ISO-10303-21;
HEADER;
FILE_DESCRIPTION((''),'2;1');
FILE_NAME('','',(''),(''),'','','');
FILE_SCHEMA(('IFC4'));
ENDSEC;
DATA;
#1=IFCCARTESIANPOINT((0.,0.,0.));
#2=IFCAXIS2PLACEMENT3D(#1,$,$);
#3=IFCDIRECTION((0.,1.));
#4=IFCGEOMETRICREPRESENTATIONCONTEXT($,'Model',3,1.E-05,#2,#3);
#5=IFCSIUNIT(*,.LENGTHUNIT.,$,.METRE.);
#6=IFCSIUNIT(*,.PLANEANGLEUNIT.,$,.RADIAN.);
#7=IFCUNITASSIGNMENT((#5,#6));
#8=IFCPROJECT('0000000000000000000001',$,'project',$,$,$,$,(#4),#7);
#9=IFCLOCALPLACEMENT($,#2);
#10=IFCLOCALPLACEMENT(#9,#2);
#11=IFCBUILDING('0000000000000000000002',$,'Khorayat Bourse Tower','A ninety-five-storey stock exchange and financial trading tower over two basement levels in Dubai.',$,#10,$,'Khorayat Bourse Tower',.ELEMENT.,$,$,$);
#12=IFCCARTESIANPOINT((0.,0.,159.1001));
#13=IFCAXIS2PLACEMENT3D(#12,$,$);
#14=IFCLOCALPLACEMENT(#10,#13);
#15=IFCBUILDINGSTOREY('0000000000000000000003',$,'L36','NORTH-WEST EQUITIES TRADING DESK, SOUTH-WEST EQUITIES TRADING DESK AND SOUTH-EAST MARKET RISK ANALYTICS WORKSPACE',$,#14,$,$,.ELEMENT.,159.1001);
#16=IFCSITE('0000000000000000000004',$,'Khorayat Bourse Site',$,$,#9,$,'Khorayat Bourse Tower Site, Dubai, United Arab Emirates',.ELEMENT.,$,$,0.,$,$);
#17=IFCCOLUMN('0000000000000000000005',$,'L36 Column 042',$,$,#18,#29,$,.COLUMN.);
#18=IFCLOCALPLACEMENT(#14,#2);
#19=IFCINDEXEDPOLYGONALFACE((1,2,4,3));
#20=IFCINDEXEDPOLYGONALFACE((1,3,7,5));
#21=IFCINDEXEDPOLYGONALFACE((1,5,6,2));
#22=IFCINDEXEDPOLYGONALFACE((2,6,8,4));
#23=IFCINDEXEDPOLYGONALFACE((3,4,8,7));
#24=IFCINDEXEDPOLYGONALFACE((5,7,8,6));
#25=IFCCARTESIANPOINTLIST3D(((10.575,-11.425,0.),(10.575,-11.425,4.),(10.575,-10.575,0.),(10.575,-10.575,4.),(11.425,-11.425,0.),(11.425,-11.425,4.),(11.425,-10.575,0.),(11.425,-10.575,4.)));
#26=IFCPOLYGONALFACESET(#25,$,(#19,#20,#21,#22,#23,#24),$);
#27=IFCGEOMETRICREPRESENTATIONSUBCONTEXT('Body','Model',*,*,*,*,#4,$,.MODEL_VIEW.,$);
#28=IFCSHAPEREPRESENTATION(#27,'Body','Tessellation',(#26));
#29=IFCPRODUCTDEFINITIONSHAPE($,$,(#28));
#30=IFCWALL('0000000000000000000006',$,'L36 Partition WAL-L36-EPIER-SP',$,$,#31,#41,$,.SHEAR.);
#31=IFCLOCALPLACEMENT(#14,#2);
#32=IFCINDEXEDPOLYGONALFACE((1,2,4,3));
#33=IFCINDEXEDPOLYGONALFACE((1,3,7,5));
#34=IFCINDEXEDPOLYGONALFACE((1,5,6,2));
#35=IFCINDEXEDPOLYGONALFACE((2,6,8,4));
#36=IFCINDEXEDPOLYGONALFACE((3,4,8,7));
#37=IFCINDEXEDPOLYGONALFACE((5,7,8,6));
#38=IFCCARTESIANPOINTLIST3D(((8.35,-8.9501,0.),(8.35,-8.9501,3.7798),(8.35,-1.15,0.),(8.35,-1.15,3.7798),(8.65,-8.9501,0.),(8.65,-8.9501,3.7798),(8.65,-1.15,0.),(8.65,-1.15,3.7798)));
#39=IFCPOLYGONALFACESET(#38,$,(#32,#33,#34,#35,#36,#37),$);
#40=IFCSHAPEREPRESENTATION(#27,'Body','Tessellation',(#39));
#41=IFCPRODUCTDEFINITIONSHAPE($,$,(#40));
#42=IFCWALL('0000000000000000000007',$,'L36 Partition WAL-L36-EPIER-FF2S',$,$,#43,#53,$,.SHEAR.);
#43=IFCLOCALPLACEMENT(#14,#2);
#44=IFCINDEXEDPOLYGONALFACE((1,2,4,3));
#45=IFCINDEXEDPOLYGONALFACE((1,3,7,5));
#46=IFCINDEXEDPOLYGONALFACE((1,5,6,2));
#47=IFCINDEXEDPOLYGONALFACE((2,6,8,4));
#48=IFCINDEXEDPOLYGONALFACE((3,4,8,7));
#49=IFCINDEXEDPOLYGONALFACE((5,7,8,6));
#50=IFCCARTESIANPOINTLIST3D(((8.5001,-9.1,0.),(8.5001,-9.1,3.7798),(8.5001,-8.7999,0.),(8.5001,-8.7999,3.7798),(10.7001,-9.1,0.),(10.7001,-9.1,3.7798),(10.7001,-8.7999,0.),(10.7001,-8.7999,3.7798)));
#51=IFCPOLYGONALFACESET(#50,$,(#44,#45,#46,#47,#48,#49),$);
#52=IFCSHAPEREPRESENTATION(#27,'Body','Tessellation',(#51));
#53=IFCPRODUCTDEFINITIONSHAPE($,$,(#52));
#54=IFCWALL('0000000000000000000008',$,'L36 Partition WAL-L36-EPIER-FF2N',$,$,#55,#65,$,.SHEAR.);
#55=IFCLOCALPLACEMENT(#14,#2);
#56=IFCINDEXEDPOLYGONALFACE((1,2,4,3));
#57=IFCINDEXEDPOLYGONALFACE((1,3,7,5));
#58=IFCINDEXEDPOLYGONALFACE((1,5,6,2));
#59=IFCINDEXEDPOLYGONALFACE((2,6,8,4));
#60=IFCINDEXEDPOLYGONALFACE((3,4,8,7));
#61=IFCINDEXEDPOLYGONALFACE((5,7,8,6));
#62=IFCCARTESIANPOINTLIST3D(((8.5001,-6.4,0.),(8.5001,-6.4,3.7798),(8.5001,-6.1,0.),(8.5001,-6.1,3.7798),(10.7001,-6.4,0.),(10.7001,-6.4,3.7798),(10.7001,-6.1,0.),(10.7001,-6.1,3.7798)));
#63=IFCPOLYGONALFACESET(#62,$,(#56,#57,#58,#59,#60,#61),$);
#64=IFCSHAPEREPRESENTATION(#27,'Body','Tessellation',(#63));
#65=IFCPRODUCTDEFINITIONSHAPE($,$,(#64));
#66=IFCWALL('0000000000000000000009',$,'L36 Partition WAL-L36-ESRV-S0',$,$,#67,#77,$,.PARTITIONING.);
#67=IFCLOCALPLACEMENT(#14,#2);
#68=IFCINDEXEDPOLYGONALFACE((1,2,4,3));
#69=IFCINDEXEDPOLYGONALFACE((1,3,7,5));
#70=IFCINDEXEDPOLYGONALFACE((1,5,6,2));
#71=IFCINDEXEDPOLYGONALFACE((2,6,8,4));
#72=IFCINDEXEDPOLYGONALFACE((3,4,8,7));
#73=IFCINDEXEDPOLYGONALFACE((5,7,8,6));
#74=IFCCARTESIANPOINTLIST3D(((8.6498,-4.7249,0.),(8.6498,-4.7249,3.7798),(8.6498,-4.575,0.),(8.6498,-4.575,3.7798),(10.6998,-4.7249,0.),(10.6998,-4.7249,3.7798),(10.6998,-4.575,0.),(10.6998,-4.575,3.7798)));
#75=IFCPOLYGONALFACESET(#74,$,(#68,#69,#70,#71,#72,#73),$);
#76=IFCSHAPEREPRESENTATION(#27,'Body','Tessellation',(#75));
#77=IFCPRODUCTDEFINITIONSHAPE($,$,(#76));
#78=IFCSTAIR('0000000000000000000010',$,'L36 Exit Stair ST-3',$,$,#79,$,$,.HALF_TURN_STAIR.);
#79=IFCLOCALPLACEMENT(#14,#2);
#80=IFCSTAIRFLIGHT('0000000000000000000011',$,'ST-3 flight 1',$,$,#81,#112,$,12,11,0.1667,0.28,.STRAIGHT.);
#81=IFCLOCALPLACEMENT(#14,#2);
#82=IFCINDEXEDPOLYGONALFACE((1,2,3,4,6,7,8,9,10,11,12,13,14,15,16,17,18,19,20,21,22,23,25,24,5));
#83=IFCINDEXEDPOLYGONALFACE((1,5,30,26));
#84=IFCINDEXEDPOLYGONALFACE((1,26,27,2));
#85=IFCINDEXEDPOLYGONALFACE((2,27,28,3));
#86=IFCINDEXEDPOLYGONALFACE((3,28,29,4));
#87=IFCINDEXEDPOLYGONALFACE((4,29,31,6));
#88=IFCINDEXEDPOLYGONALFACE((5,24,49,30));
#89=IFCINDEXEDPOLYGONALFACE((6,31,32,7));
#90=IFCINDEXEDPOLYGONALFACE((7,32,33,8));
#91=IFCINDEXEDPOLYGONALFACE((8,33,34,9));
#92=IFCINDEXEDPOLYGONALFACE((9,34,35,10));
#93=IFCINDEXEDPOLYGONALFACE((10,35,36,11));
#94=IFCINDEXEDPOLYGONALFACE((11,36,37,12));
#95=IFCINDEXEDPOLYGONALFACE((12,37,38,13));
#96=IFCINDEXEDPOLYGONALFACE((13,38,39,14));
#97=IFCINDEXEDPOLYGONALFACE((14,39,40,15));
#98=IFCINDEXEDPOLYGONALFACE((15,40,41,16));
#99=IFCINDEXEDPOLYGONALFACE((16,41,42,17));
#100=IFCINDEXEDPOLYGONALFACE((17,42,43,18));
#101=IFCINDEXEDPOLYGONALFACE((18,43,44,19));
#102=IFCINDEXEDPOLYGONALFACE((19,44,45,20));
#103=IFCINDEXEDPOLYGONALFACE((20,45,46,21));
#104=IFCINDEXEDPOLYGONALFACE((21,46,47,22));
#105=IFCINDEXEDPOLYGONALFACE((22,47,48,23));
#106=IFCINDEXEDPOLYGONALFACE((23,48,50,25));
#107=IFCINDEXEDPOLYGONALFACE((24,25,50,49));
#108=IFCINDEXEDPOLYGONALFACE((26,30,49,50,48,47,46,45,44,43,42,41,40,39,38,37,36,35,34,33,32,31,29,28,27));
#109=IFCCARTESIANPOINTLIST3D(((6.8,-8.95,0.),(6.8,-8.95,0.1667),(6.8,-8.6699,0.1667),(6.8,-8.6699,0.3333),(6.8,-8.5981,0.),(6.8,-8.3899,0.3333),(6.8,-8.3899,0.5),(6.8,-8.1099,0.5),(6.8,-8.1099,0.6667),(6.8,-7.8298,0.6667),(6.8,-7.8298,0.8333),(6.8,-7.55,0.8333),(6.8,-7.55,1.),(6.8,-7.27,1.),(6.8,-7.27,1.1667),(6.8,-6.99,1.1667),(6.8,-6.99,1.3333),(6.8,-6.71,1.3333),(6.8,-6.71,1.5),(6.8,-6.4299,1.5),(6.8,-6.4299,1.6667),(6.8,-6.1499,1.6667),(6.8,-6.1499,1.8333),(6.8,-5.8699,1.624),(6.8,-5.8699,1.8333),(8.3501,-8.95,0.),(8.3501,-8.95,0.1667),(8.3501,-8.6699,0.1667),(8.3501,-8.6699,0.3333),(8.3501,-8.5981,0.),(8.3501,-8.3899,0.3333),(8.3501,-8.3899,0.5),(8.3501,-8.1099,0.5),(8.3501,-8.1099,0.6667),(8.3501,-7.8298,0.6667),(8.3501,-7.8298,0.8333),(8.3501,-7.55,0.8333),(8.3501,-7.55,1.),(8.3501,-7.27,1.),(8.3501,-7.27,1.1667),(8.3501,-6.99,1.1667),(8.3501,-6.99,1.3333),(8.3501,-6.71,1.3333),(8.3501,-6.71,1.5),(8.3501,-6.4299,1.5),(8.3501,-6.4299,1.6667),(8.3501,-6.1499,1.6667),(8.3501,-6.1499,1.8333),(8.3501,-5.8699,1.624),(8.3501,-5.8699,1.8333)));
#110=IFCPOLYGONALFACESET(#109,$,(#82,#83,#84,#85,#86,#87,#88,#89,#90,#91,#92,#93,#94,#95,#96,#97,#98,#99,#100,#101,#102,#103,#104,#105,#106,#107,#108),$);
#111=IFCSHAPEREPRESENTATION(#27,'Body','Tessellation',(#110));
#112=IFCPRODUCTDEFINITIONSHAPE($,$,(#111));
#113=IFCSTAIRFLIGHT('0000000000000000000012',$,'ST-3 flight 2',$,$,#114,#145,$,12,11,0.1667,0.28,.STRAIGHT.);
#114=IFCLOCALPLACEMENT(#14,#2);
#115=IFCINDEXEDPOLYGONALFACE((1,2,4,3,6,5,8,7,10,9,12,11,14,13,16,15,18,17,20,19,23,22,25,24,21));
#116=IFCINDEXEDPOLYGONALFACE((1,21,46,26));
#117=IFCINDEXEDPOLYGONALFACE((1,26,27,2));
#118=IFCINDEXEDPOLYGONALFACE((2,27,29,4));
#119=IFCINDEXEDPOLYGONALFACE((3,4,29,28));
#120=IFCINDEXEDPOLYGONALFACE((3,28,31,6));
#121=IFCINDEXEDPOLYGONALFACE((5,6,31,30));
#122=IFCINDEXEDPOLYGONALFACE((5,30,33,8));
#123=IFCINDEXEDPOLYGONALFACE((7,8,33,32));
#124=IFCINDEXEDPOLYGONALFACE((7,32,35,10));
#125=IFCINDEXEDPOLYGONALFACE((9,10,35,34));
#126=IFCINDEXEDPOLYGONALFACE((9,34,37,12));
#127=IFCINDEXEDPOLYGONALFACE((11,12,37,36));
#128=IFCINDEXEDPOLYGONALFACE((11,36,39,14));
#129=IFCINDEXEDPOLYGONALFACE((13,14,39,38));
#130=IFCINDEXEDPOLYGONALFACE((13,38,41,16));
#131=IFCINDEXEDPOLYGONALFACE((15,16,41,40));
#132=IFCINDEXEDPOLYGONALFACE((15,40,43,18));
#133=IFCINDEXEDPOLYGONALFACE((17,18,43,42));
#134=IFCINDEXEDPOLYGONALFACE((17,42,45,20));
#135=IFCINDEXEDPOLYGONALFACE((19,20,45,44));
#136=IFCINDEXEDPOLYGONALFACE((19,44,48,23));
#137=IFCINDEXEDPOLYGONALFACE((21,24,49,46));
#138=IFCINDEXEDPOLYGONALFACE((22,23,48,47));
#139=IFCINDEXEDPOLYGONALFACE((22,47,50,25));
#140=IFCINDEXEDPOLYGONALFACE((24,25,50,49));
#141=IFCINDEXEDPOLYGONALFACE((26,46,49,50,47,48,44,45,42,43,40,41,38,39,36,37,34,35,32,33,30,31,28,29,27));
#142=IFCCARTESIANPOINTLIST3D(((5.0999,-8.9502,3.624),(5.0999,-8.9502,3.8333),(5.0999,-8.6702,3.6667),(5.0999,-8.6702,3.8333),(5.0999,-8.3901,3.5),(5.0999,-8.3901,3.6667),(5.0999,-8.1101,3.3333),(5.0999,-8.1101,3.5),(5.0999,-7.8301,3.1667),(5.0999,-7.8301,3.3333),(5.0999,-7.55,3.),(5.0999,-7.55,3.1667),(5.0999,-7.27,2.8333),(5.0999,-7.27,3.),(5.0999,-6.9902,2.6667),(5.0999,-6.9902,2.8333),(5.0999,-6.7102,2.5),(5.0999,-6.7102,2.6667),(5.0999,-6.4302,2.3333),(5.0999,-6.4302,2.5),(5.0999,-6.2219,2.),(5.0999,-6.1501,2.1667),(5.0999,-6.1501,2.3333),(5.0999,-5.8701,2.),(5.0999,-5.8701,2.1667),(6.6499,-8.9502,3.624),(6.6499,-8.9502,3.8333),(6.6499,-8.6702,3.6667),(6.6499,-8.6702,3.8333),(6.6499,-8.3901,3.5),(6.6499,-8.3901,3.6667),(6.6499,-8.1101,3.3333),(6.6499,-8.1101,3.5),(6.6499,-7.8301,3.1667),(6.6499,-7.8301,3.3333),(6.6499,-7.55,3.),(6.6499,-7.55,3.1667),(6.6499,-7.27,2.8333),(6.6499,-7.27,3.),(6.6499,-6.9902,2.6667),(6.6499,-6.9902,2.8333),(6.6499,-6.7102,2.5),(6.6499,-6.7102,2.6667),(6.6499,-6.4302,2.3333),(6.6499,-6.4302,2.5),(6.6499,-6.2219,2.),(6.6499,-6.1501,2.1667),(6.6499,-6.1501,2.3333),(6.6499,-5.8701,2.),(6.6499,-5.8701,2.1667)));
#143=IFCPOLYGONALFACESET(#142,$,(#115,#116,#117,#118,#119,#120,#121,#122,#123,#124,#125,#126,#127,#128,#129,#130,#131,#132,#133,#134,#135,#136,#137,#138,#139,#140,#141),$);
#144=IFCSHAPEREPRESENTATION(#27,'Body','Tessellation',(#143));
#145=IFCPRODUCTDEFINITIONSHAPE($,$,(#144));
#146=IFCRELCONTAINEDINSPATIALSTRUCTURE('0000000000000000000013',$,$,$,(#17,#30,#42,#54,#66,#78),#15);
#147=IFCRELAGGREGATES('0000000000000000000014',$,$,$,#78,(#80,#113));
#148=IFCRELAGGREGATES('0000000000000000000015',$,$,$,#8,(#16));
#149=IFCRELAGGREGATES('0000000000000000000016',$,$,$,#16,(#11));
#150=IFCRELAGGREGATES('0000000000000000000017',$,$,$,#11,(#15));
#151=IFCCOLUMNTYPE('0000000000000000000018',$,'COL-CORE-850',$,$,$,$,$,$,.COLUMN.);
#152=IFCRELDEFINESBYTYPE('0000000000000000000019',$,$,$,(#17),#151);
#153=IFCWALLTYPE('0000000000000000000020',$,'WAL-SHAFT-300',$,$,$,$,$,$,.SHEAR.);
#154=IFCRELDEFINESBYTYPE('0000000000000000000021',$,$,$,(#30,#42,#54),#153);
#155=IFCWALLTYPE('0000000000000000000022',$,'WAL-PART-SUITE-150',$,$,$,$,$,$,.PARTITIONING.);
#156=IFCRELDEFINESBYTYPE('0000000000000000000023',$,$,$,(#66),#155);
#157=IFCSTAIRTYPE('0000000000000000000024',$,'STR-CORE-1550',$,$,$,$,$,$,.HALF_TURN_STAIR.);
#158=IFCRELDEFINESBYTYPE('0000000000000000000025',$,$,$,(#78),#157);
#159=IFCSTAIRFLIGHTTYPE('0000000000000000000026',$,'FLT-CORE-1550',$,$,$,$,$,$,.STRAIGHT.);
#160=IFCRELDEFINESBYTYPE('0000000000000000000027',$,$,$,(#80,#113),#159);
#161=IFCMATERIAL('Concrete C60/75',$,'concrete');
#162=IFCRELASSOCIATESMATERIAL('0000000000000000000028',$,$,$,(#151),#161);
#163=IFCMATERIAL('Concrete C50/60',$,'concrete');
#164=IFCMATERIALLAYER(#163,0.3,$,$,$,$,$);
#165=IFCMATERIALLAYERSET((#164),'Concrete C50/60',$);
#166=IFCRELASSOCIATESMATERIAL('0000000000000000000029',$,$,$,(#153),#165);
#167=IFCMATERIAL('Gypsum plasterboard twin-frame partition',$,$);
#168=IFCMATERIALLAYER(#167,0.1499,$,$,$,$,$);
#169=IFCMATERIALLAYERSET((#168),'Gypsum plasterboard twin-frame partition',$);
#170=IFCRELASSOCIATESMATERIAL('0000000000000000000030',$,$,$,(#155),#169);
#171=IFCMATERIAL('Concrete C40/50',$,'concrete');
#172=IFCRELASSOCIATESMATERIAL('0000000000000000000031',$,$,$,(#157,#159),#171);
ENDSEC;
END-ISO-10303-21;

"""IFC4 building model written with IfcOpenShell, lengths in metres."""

from ifc_helpers import new_model, si_unit, direction, frame, frame_2d, origin, origin_2d, place, context, subcontext, project, spatial, polyline, rectangle, outline, extrude, source, transform, mapped, material, layer, layer_set, material_profile, profile_set, type_object, element, aggregate, save


model = new_model("IFC4")

# Units and contexts
model_context = context("Model", 3, precision=1e-05, world=origin(), true_north=direction((0.0, 1.0)))
body_context = subcontext(model_context, "Body", "Model", "MODEL_VIEW")
ifc_project = project(units=[si_unit("LENGTHUNIT", "METRE"), si_unit("PLANEANGLEUNIT", "RADIAN")], contexts=[model_context])

# Site, building, storey
site_placement = place(None, origin())
site = spatial("IfcSite", under=ifc_project, at=site_placement, Name="Khorayat Bourse Site", LongName="Khorayat Bourse Tower Site, Dubai, United Arab Emirates", CompositionType="ELEMENT", RefElevation=0.0)
building_placement = place(site_placement, origin())
building = spatial("IfcBuilding", under=site, at=building_placement, Name="Khorayat Bourse Tower", Description="A ninety-five-storey stock exchange and financial trading tower over two basement levels in Dubai.", LongName="Khorayat Bourse Tower", CompositionType="ELEMENT")
storey_placement = place(building_placement, frame((0.0, 0.0, 159.1001)))
storey = spatial("IfcBuildingStorey", under=building, at=storey_placement, Name="L36", Description="NORTH-WEST EQUITIES TRADING DESK, SOUTH-WEST EQUITIES TRADING DESK AND SOUTH-EAST MARKET RISK ANALYTICS WORKSPACE", CompositionType="ELEMENT", Elevation=159.1001)

# Column
ifc_material_1 = material(Name="Concrete C60/75", Category="concrete")
ifc_material_profile = material_profile(ifc_material_1, rectangle(XDim=0.8501, YDim=0.8501, at=origin_2d()), Name="RC 850x850")
ifc_profile_set = profile_set([ifc_material_profile], Name="Concrete C60/75")
column_type = type_object("IfcColumnType", Name="COL-CORE-850", PredefinedType="COLUMN", material=ifc_profile_set)
shared_shape_1 = source(origin(), body_context, "Body", "SweptSolid", [
    extrude(rectangle(XDim=0.8501, YDim=0.8501, at=origin_2d()), origin(), (0.0, 0.0, 1.0), 4.0),
])
column_placement = place(storey_placement, frame((11.0, -11.0, 0.0), z_axis=(0.0, 0.0, 1.0), x_axis=(1.0, 0.0, 0.0)))
element("IfcColumn", 1, at=column_placement, inside=storey, type_object=column_type, Name="L36 Column 042", PredefinedType="COLUMN", context=body_context, shape_type="MappedRepresentation", body=[
    mapped(shared_shape_1, transform((0.0, 0.0, 0.0), scale=1.0)),
])

# Walls
ifc_material_2 = material(Name="Concrete C50/60", Category="concrete")
ifc_layer_1 = layer(ifc_material_2, 0.3)
ifc_layer_set_1 = layer_set([ifc_layer_1], Name="Concrete C50/60")
wall_type_1 = type_object("IfcWallType", Name="WAL-SHAFT-300", PredefinedType="SHEAR", material=ifc_layer_set_1)
shared_shape_2 = source(origin(), body_context, "Body", "SweptSolid", [
    extrude(rectangle(XDim=7.8, YDim=0.3, at=frame_2d((3.8999, 0.0))), origin(), (0.0, 0.0, 1.0), 3.7798),
])
wall_1_placement = place(storey_placement, frame((8.5, -8.95, 0.0), z_axis=(0.0, 0.0, 1.0), x_axis=(0.0, 1.0, 0.0)))
element("IfcWall", 2, at=wall_1_placement, inside=storey, type_object=wall_type_1, Name="L36 Partition WAL-L36-EPIER-SP", PredefinedType="SHEAR", context=body_context, shape_type="MappedRepresentation", body=[
    mapped(shared_shape_2, transform((0.0, 0.0, 0.0), scale=1.0)),
])
shared_shape_3 = source(origin(), body_context, "Body", "SweptSolid", [
    extrude(rectangle(XDim=2.2, YDim=0.3, at=frame_2d((1.1001, 0.0))), origin(), (0.0, 0.0, 1.0), 3.7798),
])
for number, where, z_axis, x_axis, name in (
    (3, (8.5, -8.95, 0.0), (0.0, 0.0, 1.0), (1.0, 0.0, 0.0), "L36 Partition WAL-L36-EPIER-FF2S"),
    (4, (8.5, -6.25, 0.0), (0.0, 0.0, 1.0), (1.0, 0.0, 0.0), "L36 Partition WAL-L36-EPIER-FF2N"),
):
    element("IfcWall", number, at=place(storey_placement, frame(where, z_axis=z_axis, x_axis=x_axis)), inside=storey, type_object=wall_type_1, Name=name, PredefinedType="SHEAR", context=body_context, shape_type="MappedRepresentation", body=[
        mapped(shared_shape_3, transform((0.0, 0.0, 0.0), scale=1.0)),
    ])
ifc_material_3 = material(Name="Gypsum plasterboard twin-frame partition")
ifc_layer_2 = layer(ifc_material_3, 0.1499)
ifc_layer_set_2 = layer_set([ifc_layer_2], Name="Gypsum plasterboard twin-frame partition")
wall_type_2 = type_object("IfcWallType", Name="WAL-PART-SUITE-150", PredefinedType="PARTITIONING", material=ifc_layer_set_2)
shared_shape_4 = source(origin(), body_context, "Body", "SweptSolid", [
    extrude(rectangle(XDim=2.05, YDim=0.1499, at=frame_2d((1.0249, 0.0))), origin(), (0.0, 0.0, 1.0), 3.7798),
])
wall_2_placement = place(storey_placement, frame((8.6499, -4.6499, 0.0), z_axis=(0.0, 0.0, 1.0), x_axis=(1.0, 0.0, 0.0)))
element("IfcWall", 5, at=wall_2_placement, inside=storey, type_object=wall_type_2, Name="L36 Partition WAL-L36-ESRV-S0", PredefinedType="PARTITIONING", context=body_context, shape_type="MappedRepresentation", body=[
    mapped(shared_shape_4, transform((0.0, 0.0, 0.0), scale=1.0)),
])

# Stair, stair flights
ifc_material_4 = material(Name="Concrete C40/50", Category="concrete")
stair_type = type_object("IfcStairType", Name="STR-CORE-1550", PredefinedType="HALF_TURN_STAIR", material=ifc_material_4)
stair_placement = place(storey_placement, origin())
stair = element("IfcStair", 6, at=stair_placement, inside=storey, type_object=stair_type, Name="L36 Exit Stair ST-3", PredefinedType="HALF_TURN_STAIR")
stair_flight_type = type_object("IfcStairFlightType", Name="FLT-CORE-1550", PredefinedType="STRAIGHT", material=ifc_material_4)
shared_shape_5 = source(origin(), body_context, "Body", "SweptSolid", [
    extrude(outline(polyline([(0.0, 0.0), (0.0, 0.1667), (0.28, 0.1667), (0.28, 0.3333), (0.5601, 0.3333), (0.5601, 0.5), (0.8401, 0.5), (0.8401, 0.6667), (1.1201, 0.6667), (1.1201, 0.8333), (1.3999, 0.8333), (1.3999, 1.0), (1.6799, 1.0), (1.6799, 1.1667), (1.96, 1.1667), (1.96, 1.3333), (2.24, 1.3333), (2.24, 1.5), (2.52, 1.5), (2.52, 1.6667), (2.8, 1.6667), (2.8, 1.8333), (3.0801, 1.8333), (3.0801, 2.0), (3.0801, 1.624), (0.3518, 0.0), (0.0, 0.0)])), frame((0.0, 0.7749, 0.0), z_axis=(0.0, -1.0, 0.0), x_axis=(1.0, 0.0, 0.0)), (0.0, 0.0, 1.0), 1.55),
])
stair_flight_1_placement = place(storey_placement, frame((7.575, -8.95, 0.0), z_axis=(0.0, 0.0, 1.0), x_axis=(0.0, 1.0, 0.0)))
stair_flight_1 = element("IfcStairFlight", 7, at=stair_flight_1_placement, type_object=stair_flight_type, Name="ST-3 flight 1", NumberOfRisers=12, NumberOfTreads=11, PredefinedType="STRAIGHT", RiserHeight=0.1667, TreadLength=0.28, context=body_context, shape_type="MappedRepresentation", body=[
    mapped(shared_shape_5, transform((0.0, 0.0, 0.0), scale=1.0)),
])
stair_flight_2_placement = place(storey_placement, frame((5.875, -5.8701, 2.0), z_axis=(0.0, 0.0, 1.0), x_axis=(0.0, -1.0, 0.0)))
stair_flight_2 = element("IfcStairFlight", 8, at=stair_flight_2_placement, type_object=stair_flight_type, Name="ST-3 flight 2", NumberOfRisers=12, NumberOfTreads=11, PredefinedType="STRAIGHT", RiserHeight=0.1667, TreadLength=0.28, context=body_context, shape_type="MappedRepresentation", body=[
    mapped(shared_shape_5, transform((0.0, 0.0, 0.0), scale=1.0)),
])
aggregate(stair, [stair_flight_1, stair_flight_2])

save(model, "model.ifc")
